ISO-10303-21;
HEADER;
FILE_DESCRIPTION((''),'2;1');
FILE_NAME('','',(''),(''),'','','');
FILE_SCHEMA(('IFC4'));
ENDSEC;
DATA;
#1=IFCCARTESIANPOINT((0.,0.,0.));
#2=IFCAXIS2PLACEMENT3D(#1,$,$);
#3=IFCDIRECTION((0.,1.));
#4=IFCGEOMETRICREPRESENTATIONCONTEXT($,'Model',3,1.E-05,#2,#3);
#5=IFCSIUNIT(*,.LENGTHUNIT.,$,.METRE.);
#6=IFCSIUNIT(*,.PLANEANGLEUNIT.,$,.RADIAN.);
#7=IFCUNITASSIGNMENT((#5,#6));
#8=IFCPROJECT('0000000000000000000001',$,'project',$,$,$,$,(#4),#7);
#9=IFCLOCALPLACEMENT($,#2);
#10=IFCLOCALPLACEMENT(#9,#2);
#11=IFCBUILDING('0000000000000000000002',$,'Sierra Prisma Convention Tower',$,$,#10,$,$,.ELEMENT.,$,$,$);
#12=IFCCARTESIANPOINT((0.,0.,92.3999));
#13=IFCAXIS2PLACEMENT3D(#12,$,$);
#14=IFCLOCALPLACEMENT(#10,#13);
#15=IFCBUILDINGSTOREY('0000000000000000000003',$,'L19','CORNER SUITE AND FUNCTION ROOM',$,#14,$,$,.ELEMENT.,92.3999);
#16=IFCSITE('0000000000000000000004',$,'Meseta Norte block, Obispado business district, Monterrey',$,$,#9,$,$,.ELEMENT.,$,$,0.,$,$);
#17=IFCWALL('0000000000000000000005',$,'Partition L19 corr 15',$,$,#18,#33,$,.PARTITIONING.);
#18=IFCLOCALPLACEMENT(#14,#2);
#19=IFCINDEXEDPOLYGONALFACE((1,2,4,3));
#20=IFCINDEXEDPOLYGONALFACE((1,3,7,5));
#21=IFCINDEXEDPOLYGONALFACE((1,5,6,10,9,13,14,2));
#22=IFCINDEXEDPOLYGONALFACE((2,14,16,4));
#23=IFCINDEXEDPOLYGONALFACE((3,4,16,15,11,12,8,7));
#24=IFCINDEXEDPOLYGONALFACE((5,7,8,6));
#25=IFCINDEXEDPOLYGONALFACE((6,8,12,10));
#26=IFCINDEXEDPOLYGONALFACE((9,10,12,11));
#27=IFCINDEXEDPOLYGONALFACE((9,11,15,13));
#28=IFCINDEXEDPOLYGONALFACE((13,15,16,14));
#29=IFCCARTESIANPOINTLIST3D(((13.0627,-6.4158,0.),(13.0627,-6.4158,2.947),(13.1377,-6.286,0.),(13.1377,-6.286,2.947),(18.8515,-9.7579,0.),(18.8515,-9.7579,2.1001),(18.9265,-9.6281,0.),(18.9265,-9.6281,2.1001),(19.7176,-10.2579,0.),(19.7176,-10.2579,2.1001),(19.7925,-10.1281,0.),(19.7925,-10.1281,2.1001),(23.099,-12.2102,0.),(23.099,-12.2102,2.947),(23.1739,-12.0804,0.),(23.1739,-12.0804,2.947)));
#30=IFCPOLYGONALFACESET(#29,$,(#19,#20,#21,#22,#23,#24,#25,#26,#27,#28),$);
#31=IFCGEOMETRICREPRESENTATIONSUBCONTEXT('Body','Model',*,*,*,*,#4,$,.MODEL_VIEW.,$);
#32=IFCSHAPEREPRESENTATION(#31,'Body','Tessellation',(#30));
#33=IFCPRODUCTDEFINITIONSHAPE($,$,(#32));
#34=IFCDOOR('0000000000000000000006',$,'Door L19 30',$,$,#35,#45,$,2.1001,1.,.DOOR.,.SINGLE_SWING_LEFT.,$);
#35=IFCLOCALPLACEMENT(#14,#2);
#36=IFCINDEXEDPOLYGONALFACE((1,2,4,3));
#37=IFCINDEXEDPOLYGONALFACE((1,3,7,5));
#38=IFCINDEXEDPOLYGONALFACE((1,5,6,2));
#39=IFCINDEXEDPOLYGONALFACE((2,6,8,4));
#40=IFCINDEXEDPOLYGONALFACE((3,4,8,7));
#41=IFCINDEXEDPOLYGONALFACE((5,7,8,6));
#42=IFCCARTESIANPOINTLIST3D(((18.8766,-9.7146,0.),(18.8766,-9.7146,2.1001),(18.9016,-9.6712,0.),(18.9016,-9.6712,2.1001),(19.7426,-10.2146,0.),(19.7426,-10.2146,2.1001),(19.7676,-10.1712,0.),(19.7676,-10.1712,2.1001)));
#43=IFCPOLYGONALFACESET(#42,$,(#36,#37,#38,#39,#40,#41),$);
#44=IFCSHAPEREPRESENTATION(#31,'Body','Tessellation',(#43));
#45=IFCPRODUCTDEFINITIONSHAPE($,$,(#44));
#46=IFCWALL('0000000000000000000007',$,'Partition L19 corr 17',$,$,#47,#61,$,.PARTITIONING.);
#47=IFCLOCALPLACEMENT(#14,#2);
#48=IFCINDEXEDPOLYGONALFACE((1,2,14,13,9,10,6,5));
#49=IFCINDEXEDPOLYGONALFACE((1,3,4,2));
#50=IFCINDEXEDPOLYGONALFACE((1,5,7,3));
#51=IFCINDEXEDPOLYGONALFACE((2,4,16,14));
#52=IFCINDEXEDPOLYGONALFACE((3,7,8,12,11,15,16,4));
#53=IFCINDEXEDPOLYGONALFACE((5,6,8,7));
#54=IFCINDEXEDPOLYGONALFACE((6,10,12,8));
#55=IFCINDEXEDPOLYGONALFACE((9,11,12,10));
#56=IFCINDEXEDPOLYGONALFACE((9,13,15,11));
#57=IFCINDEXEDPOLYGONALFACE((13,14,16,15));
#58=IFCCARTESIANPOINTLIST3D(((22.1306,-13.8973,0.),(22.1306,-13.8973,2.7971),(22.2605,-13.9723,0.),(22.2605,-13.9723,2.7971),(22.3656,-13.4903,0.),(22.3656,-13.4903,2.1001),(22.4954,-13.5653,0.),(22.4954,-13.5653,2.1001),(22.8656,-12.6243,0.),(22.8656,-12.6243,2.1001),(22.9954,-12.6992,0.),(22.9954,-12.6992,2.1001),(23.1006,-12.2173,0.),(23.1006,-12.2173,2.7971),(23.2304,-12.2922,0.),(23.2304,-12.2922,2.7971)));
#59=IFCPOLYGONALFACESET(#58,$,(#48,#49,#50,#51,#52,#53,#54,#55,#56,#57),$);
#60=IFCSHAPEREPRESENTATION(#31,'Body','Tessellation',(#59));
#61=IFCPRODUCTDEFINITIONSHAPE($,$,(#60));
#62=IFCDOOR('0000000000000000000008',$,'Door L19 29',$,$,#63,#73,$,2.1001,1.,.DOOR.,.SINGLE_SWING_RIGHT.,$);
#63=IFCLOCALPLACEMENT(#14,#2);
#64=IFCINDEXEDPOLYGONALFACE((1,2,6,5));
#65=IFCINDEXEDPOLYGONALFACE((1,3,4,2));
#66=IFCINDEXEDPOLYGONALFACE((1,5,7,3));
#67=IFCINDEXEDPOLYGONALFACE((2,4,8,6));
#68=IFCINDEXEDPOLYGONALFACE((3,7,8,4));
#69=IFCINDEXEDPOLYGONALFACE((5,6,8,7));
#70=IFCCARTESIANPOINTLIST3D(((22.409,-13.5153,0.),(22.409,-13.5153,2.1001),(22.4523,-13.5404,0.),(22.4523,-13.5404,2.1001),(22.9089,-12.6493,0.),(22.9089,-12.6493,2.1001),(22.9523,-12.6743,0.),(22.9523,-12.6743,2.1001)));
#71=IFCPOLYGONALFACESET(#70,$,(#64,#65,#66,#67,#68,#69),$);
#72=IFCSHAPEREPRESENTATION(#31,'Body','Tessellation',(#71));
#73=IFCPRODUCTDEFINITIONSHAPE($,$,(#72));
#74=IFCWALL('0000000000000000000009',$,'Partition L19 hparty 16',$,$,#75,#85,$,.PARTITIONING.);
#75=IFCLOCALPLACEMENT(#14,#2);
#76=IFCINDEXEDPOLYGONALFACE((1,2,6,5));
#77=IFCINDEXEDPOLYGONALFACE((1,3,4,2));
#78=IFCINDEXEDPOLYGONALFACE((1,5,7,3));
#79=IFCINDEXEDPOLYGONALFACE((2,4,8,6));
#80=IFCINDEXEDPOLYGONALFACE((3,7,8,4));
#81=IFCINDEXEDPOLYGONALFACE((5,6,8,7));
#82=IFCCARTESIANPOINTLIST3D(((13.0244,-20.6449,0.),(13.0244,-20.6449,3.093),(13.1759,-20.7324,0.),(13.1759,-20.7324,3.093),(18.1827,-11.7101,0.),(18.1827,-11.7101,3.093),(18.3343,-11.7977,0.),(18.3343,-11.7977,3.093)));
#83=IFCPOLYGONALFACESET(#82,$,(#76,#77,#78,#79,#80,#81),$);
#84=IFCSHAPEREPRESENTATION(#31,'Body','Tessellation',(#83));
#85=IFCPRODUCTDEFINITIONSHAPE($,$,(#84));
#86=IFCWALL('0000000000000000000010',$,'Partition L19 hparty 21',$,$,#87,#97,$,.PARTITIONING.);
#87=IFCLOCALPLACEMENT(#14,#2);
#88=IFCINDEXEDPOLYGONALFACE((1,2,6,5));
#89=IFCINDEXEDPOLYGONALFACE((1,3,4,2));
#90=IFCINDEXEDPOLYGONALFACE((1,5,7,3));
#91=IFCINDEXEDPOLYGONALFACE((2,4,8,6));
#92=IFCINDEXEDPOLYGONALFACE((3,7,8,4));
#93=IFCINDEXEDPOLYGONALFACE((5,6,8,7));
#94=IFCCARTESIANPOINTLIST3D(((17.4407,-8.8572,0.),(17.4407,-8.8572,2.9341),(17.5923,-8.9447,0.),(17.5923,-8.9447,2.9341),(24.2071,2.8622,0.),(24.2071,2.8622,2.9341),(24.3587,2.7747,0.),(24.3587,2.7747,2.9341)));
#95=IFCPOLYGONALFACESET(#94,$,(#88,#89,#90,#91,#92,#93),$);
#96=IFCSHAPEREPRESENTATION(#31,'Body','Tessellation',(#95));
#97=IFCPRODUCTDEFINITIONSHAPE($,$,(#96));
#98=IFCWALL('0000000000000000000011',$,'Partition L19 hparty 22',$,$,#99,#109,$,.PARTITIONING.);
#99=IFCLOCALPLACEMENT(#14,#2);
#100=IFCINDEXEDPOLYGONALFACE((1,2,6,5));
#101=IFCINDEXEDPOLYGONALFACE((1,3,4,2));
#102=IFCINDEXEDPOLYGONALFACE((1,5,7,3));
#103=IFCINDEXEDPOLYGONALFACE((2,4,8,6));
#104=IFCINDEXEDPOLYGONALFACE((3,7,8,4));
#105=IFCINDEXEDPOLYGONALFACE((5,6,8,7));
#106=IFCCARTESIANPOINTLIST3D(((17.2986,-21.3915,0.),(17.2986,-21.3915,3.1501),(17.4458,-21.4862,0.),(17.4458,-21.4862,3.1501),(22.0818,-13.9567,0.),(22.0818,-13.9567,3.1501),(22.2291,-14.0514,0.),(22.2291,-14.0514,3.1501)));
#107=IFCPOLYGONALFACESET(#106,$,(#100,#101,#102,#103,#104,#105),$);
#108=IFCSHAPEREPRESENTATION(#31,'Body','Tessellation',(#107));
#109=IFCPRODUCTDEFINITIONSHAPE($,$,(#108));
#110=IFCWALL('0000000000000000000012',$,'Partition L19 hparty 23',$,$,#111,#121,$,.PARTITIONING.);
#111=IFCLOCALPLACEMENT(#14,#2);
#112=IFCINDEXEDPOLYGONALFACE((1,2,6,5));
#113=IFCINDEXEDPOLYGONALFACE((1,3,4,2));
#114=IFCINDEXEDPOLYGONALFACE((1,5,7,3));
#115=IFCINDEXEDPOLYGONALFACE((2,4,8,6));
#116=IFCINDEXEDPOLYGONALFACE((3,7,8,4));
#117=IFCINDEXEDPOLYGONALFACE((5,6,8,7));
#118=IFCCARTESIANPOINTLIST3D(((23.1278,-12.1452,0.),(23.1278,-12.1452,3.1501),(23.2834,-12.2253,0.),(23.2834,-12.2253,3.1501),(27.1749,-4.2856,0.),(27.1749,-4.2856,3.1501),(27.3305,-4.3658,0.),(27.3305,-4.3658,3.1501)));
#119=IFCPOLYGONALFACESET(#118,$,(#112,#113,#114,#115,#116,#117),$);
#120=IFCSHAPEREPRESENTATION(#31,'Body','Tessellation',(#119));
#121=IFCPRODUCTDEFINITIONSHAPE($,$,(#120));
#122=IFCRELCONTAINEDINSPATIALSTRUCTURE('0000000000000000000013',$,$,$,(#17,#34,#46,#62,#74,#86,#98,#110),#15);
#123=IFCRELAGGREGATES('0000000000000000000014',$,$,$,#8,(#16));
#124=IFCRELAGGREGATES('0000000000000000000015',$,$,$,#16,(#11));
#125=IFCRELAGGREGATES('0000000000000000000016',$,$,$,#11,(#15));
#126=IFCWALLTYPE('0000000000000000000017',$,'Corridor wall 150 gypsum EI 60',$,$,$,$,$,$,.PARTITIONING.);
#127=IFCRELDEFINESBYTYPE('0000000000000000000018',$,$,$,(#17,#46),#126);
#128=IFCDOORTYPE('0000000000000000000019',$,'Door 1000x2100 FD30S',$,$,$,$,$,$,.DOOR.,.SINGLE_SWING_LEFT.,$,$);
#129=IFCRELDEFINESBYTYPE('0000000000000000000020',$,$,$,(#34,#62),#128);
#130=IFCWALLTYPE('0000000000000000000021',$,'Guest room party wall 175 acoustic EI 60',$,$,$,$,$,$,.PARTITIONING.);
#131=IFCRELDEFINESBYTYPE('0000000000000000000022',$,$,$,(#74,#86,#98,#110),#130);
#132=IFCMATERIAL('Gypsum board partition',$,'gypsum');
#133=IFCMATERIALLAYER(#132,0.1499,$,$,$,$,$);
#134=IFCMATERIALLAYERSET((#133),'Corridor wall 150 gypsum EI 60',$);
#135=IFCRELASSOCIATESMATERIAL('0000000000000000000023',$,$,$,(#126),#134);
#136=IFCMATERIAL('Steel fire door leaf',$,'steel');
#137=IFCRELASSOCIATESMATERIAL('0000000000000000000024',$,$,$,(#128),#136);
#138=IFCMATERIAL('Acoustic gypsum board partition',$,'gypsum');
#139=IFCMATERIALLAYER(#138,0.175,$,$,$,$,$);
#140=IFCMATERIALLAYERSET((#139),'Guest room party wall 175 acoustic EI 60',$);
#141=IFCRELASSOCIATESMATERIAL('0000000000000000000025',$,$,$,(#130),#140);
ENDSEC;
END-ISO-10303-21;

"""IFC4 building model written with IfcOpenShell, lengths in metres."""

from ifc_helpers import new_model, si_unit, direction, frame, frame_2d, origin, place, context, subcontext, project, spatial, rectangle, extrude, material, layer, layer_set, type_object, element, fill, save


model = new_model("IFC4")

# Units and contexts
model_context = context("Model", 3, precision=1e-05, world=origin(), true_north=direction((0.0, 1.0)))
body_context = subcontext(model_context, "Body", "Model", "MODEL_VIEW")
ifc_project = project(units=[si_unit("LENGTHUNIT", "METRE"), si_unit("PLANEANGLEUNIT", "RADIAN")], contexts=[model_context])

# Site, building, storey
site_placement = place(None, origin())
site = spatial("IfcSite", under=ifc_project, at=site_placement, Name="Meseta Norte block, Obispado business district, Monterrey", CompositionType="ELEMENT", RefElevation=0.0)
building_placement = place(site_placement, origin())
building = spatial("IfcBuilding", under=site, at=building_placement, Name="Sierra Prisma Convention Tower", CompositionType="ELEMENT")
storey_placement = place(building_placement, frame((0.0, 0.0, 92.3999)))
storey = spatial("IfcBuildingStorey", under=building, at=storey_placement, Name="L19", Description="CORNER SUITE AND FUNCTION ROOM", CompositionType="ELEMENT", Elevation=92.3999)

# Walls, openings, doors
ifc_material_1 = material(Name="Gypsum board partition", Category="gypsum")
ifc_layer_1 = layer(ifc_material_1, 0.1499)
ifc_layer_set_1 = layer_set([ifc_layer_1], Name="Corridor wall 150 gypsum EI 60")
wall_type_1 = type_object("IfcWallType", Name="Corridor wall 150 gypsum EI 60", PredefinedType="PARTITIONING", material=ifc_layer_set_1)
wall_1_placement = place(storey_placement, frame((23.1365, -12.1453, 0.0), z_axis=(0.0, 0.0, 1.0), x_axis=(-0.866028, 0.499995, 0.0)))
wall_1 = element("IfcWall", 1, at=wall_1_placement, inside=storey, type_object=wall_type_1, Name="Partition L19 corr 15", PredefinedType="PARTITIONING", context=body_context, shape_type="SweptSolid", body=[
    extrude(rectangle(XDim=11.5889, YDim=0.1499, at=frame_2d((5.7944, 0.0))), origin(), (0.0, 0.0, 1.0), 2.947),
])
opening_1_placement = place(wall_1_placement, frame((3.9045, 0.0, 0.0)))
opening_1 = element("IfcOpeningElement", 2, at=opening_1_placement, cuts=wall_1, PredefinedType="OPENING", context=body_context, shape_type="SweptSolid", body=[
    extrude(rectangle(XDim=1.0, YDim=2.1001, at=frame_2d((0.5, 1.05))), frame((0.0, 0.075, 0.0), z_axis=(0.0, -1.0, 0.0), x_axis=(1.0, 0.0, 0.0)), (0.0, 0.0, 1.0), 0.1499),
])
ifc_material_2 = material(Name="Steel fire door leaf", Category="steel")
door_type_1 = type_object("IfcDoorType", Name="Door 1000x2100 FD30S", OperationType="SINGLE_SWING_LEFT", PredefinedType="DOOR", material=ifc_material_2)
door_1_placement = place(opening_1_placement, origin())
door_1 = element("IfcDoor", 3, at=door_1_placement, inside=storey, type_object=door_type_1, Name="Door L19 30", OperationType="SINGLE_SWING_LEFT", OverallHeight=2.1001, OverallWidth=1.0, PredefinedType="DOOR", context=body_context, shape_type="SweptSolid", body=[
    extrude(rectangle(XDim=1.0, YDim=2.1001, at=frame_2d((0.5, 1.05))), frame((0.0, 0.0249, 0.0), z_axis=(0.0, -1.0, 0.0), x_axis=(1.0, 0.0, 0.0)), (0.0, 0.0, 1.0), 0.05),
])
fill(opening_1, door_1)
wall_2_placement = place(storey_placement, frame((22.1956, -13.9348, 0.0), z_axis=(0.0, 0.0, 1.0), x_axis=(0.499969, 0.866043, 0.0)))
wall_2 = element("IfcWall", 4, at=wall_2_placement, inside=storey, type_object=wall_type_1, Name="Partition L19 corr 17", PredefinedType="PARTITIONING", context=body_context, shape_type="SweptSolid", body=[
    extrude(rectangle(XDim=1.9399, YDim=0.1499, at=frame_2d((0.97, 0.0))), origin(), (0.0, 0.0, 1.0), 2.7971),
])
opening_2_placement = place(wall_2_placement, frame((0.47, 0.0, 0.0)))
opening_2 = element("IfcOpeningElement", 5, at=opening_2_placement, cuts=wall_2, PredefinedType="OPENING", context=body_context, shape_type="SweptSolid", body=[
    extrude(rectangle(XDim=1.0, YDim=2.1001, at=frame_2d((0.5, 1.05))), frame((0.0, 0.075, 0.0), z_axis=(0.0, -1.0, 0.0), x_axis=(1.0, 0.0, 0.0)), (0.0, 0.0, 1.0), 0.1499),
])
door_2_placement = place(opening_2_placement, origin())
door_2 = element("IfcDoor", 6, at=door_2_placement, inside=storey, type_object=door_type_1, Name="Door L19 29", OperationType="SINGLE_SWING_RIGHT", OverallHeight=2.1001, OverallWidth=1.0, PredefinedType="DOOR", context=body_context, shape_type="SweptSolid", body=[
    extrude(rectangle(XDim=1.0, YDim=2.1001, at=frame_2d((0.5, 1.05))), frame((0.0, 0.0249, 0.0), z_axis=(0.0, -1.0, 0.0), x_axis=(1.0, 0.0, 0.0)), (0.0, 0.0, 1.0), 0.05),
])
fill(opening_2, door_2)

# Walls
ifc_material_3 = material(Name="Acoustic gypsum board partition", Category="gypsum")
ifc_layer_2 = layer(ifc_material_3, 0.175)
ifc_layer_set_2 = layer_set([ifc_layer_2], Name="Guest room party wall 175 acoustic EI 60")
wall_type_2 = type_object("IfcWallType", Name="Guest room party wall 175 acoustic EI 60", PredefinedType="PARTITIONING", material=ifc_layer_set_2)
wall_3_placement = place(storey_placement, frame((18.2585, -11.7539, 0.0), z_axis=(0.0, 0.0, 1.0), x_axis=(-0.499995, -0.866028, 0.0)))
element("IfcWall", 7, at=wall_3_placement, inside=storey, type_object=wall_type_2, Name="Partition L19 hparty 16", PredefinedType="PARTITIONING", context=body_context, shape_type="SweptSolid", body=[
    extrude(rectangle(XDim=10.3169, YDim=0.175, at=frame_2d((5.1584, 0.0))), origin(), (0.0, 0.0, 1.0), 3.093),
])
wall_4_placement = place(storey_placement, frame((17.5166, -8.9009, 0.0), z_axis=(0.0, 0.0, 1.0), x_axis=(0.500006, 0.866022, 0.0)))
element("IfcWall", 8, at=wall_4_placement, inside=storey, type_object=wall_type_2, Name="Partition L19 hparty 21", PredefinedType="PARTITIONING", context=body_context, shape_type="SweptSolid", body=[
    extrude(rectangle(XDim=13.5325, YDim=0.175, at=frame_2d((6.7661, 0.0))), origin(), (0.0, 0.0, 1.0), 2.9341),
])
wall_5_placement = place(storey_placement, frame((22.1555, -14.0039, 0.0), z_axis=(0.0, 0.0, 1.0), x_axis=(-0.541052, -0.840989, 0.0)))
element("IfcWall", 9, at=wall_5_placement, inside=storey, type_object=wall_type_2, Name="Partition L19 hparty 22", PredefinedType="PARTITIONING", context=body_context, shape_type="SweptSolid", body=[
    extrude(rectangle(XDim=8.8406, YDim=0.175, at=frame_2d((4.4204, 0.0))), origin(), (0.0, 0.0, 1.0), 3.1501),
])
wall_6_placement = place(storey_placement, frame((27.2527, -4.3257, 0.0), z_axis=(0.0, 0.0, 1.0), x_axis=(-0.457798, -0.889056, 0.0)))
element("IfcWall", 10, at=wall_6_placement, inside=storey, type_object=wall_type_2, Name="Partition L19 hparty 23", PredefinedType="PARTITIONING", context=body_context, shape_type="SweptSolid", body=[
    extrude(rectangle(XDim=8.8403, YDim=0.175, at=frame_2d((4.4202, 0.0))), origin(), (0.0, 0.0, 1.0), 3.1501),
])

save(model, "model.ifc")
